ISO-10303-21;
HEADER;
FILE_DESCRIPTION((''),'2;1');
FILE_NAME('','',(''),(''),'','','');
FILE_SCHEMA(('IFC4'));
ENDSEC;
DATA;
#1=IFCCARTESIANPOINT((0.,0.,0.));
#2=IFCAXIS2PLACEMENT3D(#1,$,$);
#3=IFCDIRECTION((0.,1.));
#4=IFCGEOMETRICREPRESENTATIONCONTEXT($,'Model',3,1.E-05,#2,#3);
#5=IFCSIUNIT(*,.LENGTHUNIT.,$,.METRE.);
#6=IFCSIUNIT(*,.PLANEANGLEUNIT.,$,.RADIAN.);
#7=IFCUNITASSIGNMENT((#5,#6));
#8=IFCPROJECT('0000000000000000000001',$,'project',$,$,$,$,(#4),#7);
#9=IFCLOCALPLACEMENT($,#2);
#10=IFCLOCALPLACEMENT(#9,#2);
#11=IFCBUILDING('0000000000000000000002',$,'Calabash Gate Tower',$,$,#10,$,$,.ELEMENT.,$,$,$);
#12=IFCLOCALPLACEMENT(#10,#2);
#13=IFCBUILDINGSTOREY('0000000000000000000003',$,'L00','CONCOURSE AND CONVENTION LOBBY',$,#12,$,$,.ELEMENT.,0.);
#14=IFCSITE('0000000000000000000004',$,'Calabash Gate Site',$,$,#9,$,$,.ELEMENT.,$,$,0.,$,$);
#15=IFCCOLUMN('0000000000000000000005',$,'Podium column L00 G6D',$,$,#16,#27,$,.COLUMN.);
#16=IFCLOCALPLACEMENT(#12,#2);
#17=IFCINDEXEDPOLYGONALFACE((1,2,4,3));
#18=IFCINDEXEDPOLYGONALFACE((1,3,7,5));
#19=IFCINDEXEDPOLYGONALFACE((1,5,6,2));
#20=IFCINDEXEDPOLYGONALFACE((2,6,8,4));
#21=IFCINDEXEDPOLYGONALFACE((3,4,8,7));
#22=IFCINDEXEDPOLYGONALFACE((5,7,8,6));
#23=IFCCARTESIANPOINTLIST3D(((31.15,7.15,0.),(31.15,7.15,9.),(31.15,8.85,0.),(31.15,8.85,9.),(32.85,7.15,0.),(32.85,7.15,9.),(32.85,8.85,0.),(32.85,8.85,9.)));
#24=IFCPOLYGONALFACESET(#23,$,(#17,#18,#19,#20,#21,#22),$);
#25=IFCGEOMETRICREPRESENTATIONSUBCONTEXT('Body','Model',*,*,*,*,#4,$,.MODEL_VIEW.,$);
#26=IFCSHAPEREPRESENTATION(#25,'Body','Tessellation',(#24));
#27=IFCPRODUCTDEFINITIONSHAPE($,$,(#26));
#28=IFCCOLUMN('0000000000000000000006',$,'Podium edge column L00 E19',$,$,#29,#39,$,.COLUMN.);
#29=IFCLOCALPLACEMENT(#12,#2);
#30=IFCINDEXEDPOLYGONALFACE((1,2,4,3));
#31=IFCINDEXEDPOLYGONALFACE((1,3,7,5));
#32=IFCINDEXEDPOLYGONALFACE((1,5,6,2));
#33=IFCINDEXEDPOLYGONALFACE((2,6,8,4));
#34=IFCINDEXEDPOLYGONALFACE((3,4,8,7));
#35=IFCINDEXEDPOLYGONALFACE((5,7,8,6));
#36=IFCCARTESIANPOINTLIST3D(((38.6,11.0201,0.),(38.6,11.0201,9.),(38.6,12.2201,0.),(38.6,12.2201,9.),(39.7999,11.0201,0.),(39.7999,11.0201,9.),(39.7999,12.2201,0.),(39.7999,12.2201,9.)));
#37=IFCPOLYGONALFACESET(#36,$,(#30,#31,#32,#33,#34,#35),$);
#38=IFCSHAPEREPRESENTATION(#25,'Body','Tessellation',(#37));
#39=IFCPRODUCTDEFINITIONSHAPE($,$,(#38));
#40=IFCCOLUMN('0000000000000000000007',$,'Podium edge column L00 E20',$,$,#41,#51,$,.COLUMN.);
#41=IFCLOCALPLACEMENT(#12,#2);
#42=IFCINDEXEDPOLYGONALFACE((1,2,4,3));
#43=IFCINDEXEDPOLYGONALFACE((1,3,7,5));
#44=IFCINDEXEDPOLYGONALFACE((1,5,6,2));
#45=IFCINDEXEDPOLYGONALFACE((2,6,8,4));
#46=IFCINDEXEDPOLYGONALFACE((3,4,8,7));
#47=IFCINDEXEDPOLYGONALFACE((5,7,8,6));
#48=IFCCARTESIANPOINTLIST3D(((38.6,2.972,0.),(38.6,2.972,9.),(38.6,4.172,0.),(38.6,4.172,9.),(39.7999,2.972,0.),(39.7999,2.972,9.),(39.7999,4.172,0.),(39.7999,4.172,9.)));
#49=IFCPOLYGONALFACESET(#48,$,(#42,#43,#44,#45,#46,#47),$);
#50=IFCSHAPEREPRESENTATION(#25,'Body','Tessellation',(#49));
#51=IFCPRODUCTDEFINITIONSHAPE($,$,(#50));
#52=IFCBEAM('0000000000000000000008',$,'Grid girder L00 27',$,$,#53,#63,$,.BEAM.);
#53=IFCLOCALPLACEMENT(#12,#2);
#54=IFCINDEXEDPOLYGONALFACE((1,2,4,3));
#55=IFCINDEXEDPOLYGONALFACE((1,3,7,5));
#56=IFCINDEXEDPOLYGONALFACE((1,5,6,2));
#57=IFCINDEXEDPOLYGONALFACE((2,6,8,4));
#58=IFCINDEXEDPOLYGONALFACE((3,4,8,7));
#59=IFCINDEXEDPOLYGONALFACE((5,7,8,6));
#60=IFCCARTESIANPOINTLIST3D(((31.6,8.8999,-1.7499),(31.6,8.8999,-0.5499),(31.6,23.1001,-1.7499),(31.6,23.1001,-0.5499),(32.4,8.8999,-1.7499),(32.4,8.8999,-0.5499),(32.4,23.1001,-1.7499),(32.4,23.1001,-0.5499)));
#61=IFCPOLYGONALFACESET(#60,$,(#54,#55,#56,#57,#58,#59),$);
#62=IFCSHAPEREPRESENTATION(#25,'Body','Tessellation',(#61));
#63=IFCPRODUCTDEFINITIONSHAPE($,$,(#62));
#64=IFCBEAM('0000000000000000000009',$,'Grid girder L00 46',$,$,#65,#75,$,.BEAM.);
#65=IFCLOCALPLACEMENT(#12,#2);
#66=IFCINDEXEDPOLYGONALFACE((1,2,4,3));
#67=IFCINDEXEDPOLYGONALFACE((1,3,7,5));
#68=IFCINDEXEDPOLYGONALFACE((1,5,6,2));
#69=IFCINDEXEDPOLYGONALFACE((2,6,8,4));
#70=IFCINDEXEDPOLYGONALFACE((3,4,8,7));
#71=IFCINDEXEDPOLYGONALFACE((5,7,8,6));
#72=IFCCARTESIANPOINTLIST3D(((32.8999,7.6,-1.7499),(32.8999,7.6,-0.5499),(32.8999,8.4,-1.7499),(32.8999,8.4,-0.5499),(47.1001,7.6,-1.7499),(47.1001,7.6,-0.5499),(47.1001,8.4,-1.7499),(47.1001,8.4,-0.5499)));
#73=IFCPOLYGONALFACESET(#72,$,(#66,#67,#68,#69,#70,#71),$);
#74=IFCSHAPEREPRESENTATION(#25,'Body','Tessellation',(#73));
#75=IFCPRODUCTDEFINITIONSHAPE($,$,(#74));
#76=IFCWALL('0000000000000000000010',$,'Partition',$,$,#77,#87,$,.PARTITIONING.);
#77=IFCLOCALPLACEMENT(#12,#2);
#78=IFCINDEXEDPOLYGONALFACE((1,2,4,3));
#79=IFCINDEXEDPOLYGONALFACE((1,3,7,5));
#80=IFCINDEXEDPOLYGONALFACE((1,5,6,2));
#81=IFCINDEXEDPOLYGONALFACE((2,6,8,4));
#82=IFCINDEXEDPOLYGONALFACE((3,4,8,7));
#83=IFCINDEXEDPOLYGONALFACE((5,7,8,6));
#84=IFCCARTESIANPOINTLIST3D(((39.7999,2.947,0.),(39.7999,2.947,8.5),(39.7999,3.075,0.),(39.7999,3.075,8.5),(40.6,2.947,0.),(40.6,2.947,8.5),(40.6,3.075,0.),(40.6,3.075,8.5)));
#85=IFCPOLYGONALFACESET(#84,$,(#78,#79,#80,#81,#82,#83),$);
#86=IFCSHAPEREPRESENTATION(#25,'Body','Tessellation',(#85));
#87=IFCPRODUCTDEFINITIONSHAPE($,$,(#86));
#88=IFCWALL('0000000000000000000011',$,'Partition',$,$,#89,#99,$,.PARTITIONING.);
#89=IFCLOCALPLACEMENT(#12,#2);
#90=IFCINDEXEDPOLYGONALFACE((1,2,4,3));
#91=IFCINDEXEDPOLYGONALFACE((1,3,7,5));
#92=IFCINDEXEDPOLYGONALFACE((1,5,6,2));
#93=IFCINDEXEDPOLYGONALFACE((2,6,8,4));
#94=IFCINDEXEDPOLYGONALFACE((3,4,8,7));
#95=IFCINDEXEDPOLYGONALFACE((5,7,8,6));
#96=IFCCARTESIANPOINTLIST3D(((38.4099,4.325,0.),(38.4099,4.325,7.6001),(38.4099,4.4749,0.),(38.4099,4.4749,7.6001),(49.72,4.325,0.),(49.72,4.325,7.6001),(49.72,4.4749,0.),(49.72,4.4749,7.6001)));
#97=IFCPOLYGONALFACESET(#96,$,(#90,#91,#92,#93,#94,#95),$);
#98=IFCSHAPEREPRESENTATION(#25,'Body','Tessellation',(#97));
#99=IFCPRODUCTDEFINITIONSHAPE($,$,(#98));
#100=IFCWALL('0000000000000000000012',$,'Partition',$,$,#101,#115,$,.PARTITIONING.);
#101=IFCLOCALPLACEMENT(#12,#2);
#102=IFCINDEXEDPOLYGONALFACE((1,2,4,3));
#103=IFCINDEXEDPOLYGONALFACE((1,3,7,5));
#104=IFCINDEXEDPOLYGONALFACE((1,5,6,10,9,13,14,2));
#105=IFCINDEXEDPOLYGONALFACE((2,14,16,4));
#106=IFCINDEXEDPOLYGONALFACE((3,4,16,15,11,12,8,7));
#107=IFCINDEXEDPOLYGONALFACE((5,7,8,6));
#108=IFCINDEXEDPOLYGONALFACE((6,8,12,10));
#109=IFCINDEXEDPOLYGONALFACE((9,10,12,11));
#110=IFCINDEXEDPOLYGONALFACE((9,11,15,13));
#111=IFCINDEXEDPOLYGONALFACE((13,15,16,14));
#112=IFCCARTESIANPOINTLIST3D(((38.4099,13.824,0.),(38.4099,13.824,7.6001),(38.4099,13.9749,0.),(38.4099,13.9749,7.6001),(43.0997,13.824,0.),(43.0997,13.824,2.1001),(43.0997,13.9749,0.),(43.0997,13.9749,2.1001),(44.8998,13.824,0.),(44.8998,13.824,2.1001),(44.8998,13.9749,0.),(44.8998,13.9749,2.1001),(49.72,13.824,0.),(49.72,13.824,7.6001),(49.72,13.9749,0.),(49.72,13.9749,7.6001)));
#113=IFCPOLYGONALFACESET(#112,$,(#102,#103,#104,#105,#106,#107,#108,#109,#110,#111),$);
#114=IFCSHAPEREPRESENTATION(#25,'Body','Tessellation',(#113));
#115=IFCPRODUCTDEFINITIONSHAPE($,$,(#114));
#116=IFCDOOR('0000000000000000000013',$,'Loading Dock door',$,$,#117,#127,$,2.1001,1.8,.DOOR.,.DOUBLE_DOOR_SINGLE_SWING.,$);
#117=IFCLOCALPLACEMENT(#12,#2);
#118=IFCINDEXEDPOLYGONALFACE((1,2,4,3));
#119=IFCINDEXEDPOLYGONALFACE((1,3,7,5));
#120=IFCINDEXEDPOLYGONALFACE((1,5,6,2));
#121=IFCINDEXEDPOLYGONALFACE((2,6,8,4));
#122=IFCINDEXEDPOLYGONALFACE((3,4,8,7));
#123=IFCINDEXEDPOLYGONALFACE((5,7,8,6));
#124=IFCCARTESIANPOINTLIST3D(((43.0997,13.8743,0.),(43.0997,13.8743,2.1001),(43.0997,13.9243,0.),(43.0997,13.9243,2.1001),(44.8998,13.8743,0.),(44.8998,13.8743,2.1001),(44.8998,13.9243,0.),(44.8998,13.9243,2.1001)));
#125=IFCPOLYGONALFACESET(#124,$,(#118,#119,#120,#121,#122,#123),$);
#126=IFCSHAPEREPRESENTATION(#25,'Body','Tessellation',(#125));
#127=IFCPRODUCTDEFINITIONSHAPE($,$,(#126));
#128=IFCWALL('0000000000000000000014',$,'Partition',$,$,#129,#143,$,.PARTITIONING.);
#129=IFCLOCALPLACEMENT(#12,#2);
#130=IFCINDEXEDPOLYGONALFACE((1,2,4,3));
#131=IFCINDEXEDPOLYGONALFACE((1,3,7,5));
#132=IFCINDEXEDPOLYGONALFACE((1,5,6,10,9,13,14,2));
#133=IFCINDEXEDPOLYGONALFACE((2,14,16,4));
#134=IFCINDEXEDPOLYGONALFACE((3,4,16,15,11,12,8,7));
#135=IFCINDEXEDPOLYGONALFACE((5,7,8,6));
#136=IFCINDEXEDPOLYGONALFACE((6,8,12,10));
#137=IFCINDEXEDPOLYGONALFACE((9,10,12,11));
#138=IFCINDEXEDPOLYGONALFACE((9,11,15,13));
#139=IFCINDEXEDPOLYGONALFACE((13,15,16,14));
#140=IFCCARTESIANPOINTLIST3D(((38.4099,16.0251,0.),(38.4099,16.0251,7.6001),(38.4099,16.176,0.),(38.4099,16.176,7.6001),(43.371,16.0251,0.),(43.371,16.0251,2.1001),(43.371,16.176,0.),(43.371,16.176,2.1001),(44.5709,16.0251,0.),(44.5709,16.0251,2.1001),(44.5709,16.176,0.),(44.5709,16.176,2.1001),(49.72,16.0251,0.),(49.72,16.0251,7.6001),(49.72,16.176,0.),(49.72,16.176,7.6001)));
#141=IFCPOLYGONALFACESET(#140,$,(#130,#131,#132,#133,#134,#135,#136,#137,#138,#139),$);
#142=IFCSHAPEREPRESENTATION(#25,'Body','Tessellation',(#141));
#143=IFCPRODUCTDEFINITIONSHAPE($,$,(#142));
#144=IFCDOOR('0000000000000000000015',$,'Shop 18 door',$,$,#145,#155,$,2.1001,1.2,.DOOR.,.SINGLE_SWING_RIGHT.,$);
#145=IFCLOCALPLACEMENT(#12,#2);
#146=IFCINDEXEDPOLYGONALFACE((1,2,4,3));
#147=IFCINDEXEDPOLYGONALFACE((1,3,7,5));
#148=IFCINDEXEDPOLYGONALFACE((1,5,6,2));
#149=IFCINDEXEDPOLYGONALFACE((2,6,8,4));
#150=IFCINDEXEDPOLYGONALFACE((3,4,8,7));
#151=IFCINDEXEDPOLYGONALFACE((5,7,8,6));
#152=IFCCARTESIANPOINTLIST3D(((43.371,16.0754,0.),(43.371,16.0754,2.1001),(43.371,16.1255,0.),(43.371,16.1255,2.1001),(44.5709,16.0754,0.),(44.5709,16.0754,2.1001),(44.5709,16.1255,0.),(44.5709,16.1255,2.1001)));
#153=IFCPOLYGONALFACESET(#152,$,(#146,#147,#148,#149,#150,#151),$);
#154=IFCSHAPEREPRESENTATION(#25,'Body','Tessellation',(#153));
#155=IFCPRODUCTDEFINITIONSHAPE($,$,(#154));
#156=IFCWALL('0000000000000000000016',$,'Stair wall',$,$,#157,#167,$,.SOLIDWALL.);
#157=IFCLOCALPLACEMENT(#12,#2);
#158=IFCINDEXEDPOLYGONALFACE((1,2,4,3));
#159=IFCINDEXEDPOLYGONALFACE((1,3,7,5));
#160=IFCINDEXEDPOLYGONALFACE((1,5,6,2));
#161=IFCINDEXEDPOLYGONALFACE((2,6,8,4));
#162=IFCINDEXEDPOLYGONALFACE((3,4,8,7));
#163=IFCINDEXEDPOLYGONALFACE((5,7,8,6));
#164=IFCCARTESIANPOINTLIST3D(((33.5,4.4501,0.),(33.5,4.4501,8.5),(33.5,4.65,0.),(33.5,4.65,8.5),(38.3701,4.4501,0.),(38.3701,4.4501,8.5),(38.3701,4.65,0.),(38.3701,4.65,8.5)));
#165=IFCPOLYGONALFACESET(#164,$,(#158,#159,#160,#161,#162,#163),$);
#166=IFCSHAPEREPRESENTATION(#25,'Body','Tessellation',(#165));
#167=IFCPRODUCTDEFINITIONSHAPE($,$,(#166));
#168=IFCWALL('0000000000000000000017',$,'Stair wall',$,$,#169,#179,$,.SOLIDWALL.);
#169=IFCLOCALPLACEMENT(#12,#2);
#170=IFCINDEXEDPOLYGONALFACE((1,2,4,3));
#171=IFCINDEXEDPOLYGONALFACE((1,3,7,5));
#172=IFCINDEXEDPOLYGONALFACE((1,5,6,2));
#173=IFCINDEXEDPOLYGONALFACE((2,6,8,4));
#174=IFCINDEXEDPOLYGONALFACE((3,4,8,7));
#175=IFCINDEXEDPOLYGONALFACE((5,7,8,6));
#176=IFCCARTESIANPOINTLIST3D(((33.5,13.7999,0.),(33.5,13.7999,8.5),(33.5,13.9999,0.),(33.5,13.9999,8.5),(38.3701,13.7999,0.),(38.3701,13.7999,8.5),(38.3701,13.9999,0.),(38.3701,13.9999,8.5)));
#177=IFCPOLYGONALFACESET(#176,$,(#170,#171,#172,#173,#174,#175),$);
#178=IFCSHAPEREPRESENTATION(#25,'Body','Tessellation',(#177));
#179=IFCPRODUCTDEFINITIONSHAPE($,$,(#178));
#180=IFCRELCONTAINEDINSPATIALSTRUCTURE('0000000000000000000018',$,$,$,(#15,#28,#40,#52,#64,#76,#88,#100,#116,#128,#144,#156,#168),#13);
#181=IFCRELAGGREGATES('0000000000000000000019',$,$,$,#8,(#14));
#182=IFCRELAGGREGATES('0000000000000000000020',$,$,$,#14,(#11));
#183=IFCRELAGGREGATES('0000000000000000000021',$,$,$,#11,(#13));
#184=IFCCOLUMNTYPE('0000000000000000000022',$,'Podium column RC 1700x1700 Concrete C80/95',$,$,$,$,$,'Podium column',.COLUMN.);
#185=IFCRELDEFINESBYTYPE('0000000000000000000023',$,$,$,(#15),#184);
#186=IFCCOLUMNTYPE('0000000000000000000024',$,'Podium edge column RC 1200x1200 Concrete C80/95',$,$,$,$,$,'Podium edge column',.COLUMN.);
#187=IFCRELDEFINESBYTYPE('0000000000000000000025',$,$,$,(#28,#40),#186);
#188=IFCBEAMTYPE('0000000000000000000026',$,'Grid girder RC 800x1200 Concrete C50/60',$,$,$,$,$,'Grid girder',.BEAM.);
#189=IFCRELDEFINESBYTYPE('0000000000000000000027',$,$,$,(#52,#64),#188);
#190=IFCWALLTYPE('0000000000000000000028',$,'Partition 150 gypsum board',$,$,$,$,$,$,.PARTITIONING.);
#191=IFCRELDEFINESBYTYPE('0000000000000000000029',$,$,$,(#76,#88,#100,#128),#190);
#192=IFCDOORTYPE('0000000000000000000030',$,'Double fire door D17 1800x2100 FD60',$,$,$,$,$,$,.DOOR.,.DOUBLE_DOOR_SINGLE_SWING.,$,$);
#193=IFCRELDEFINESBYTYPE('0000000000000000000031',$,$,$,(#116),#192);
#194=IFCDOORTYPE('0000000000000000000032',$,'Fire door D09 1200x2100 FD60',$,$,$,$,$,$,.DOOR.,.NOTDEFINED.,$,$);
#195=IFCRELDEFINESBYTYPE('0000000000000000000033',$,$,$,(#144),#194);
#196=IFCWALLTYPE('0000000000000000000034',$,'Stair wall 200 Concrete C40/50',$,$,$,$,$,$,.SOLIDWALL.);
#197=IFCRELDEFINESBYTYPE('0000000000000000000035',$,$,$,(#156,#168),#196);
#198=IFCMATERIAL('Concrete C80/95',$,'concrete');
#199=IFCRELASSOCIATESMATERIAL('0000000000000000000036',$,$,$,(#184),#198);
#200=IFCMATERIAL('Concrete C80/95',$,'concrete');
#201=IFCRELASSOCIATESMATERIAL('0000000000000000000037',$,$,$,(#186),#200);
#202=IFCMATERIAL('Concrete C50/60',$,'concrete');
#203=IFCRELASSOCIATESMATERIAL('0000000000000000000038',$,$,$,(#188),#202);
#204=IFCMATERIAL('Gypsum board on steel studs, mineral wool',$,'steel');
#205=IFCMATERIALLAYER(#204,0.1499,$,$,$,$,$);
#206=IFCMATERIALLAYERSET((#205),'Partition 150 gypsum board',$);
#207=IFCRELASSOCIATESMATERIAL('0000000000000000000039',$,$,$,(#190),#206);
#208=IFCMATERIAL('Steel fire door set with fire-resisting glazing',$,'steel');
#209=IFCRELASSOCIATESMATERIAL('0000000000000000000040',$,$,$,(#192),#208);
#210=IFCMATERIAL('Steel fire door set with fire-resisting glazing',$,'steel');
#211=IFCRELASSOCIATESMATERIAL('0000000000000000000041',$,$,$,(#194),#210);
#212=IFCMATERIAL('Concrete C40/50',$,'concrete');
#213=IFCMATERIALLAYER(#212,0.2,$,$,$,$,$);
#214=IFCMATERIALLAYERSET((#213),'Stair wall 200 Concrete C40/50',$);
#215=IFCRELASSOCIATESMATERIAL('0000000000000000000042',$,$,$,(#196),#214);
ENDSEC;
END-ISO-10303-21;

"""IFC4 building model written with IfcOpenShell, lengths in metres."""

from ifc_helpers import new_model, si_unit, direction, frame, frame_2d, origin, origin_2d, place, context, subcontext, project, spatial, rectangle, extrude, material, layer, layer_set, material_profile, profile_set, type_object, element, fill, save


model = new_model("IFC4")

# Units and contexts
model_context = context("Model", 3, precision=1e-05, world=origin(), true_north=direction((0.0, 1.0)))
body_context = subcontext(model_context, "Body", "Model", "MODEL_VIEW")
ifc_project = project(units=[si_unit("LENGTHUNIT", "METRE"), si_unit("PLANEANGLEUNIT", "RADIAN")], contexts=[model_context])

# Site, building, storey
site_placement = place(None, origin())
site = spatial("IfcSite", under=ifc_project, at=site_placement, Name="Calabash Gate Site", CompositionType="ELEMENT", RefElevation=0.0)
building_placement = place(site_placement, origin())
building = spatial("IfcBuilding", under=site, at=building_placement, Name="Calabash Gate Tower", CompositionType="ELEMENT")
storey_placement = place(building_placement, origin())
storey = spatial("IfcBuildingStorey", under=building, at=storey_placement, Name="L00", Description="CONCOURSE AND CONVENTION LOBBY", CompositionType="ELEMENT", Elevation=0.0)

# Columns
ifc_material_1 = material(Name="Concrete C80/95", Category="concrete")
ifc_material_profile_1 = material_profile(ifc_material_1, rectangle(XDim=1.7, YDim=1.7, at=origin_2d()))
ifc_profile_set_1 = profile_set([ifc_material_profile_1], Name="Concrete C80/95")
column_type_1 = type_object("IfcColumnType", Name="Podium column RC 1700x1700 Concrete C80/95", ElementType="Podium column", PredefinedType="COLUMN", material=ifc_profile_set_1)
column_placement = place(storey_placement, frame((32.0, 8.0, 0.0), z_axis=(0.0, 0.0, 1.0), x_axis=(1.0, 0.0, 0.0)))
element("IfcColumn", 1, at=column_placement, inside=storey, type_object=column_type_1, Name="Podium column L00 G6D", PredefinedType="COLUMN", context=body_context, shape_type="SweptSolid", body=[
    extrude(rectangle(XDim=1.7, YDim=1.7, at=origin_2d()), origin(), (0.0, 0.0, 1.0), 9.0),
])
ifc_material_2 = material(Name="Concrete C80/95", Category="concrete")
ifc_material_profile_2 = material_profile(ifc_material_2, rectangle(XDim=1.2, YDim=1.2, at=origin_2d()))
ifc_profile_set_2 = profile_set([ifc_material_profile_2], Name="Concrete C80/95")
column_type_2 = type_object("IfcColumnType", Name="Podium edge column RC 1200x1200 Concrete C80/95", ElementType="Podium edge column", PredefinedType="COLUMN", material=ifc_profile_set_2)
for number, where, z_axis, x_axis, name in (
    (2, (39.2, 11.6201, 0.0), (0.0, 0.0, 1.0), (1.0, 0.0, 0.0), "Podium edge column L00 E19"),
    (3, (39.2, 3.572, 0.0), (0.0, 0.0, 1.0), (1.0, 0.0, 0.0), "Podium edge column L00 E20"),
):
    element("IfcColumn", number, at=place(storey_placement, frame(where, z_axis=z_axis, x_axis=x_axis)), inside=storey, type_object=column_type_2, Name=name, PredefinedType="COLUMN", context=body_context, shape_type="SweptSolid", body=[
        extrude(rectangle(XDim=1.2, YDim=1.2, at=origin_2d()), origin(), (0.0, 0.0, 1.0), 9.0),
    ])

# Beams
ifc_material_3 = material(Name="Concrete C50/60", Category="concrete")
ifc_material_profile_3 = material_profile(ifc_material_3, rectangle(XDim=0.8, YDim=1.2, at=origin_2d()))
ifc_profile_set_3 = profile_set([ifc_material_profile_3], Name="Concrete C50/60")
beam_type = type_object("IfcBeamType", Name="Grid girder RC 800x1200 Concrete C50/60", ElementType="Grid girder", PredefinedType="BEAM", material=ifc_profile_set_3)
for number, where, z_axis, x_axis, name in (
    (4, (32.0, 8.8999, -1.1499), (0.0, 1.0, 0.0), (-1.0, 0.0, 0.0), "Grid girder L00 27"),
    (5, (32.8999, 8.0, -1.1499), (1.0, 0.0, 0.0), (0.0, 1.0, 0.0), "Grid girder L00 46"),
):
    element("IfcBeam", number, at=place(storey_placement, frame(where, z_axis=z_axis, x_axis=x_axis)), inside=storey, type_object=beam_type, Name=name, PredefinedType="BEAM", context=body_context, shape_type="SweptSolid", body=[
        extrude(rectangle(XDim=0.8, YDim=1.2, at=origin_2d()), origin(), (0.0, 0.0, 1.0), 14.2002),
    ])

# Walls
ifc_material_4 = material(Name="Gypsum board on steel studs, mineral wool", Category="steel")
ifc_layer_1 = layer(ifc_material_4, 0.1499)
ifc_layer_set_1 = layer_set([ifc_layer_1], Name="Partition 150 gypsum board")
wall_type_1 = type_object("IfcWallType", Name="Partition 150 gypsum board", PredefinedType="PARTITIONING", material=ifc_layer_set_1)
wall_1_placement = place(storey_placement, frame((39.8, 3.011, 0.0), z_axis=(0.0, 0.0, 1.0), x_axis=(1.0, 0.0, 0.0)))
element("IfcWall", 6, at=wall_1_placement, inside=storey, type_object=wall_type_1, Name="Partition", PredefinedType="PARTITIONING", context=body_context, shape_type="SweptSolid", body=[
    extrude(rectangle(XDim=0.8, YDim=0.1279, at=frame_2d((0.3999, 0.0))), origin(), (0.0, 0.0, 1.0), 8.5),
])
wall_2_placement = place(storey_placement, frame((38.4099, 4.3999, 0.0), z_axis=(0.0, 0.0, 1.0), x_axis=(1.0, 0.0, 0.0)))
element("IfcWall", 7, at=wall_2_placement, inside=storey, type_object=wall_type_1, Name="Partition", PredefinedType="PARTITIONING", context=body_context, shape_type="SweptSolid", body=[
    extrude(rectangle(XDim=11.3101, YDim=0.1499, at=frame_2d((5.655, 0.0))), origin(), (0.0, 0.0, 1.0), 7.6001),
])

# Walls, openings, doors
wall_3_placement = place(storey_placement, frame((38.4099, 13.8994, 0.0), z_axis=(0.0, 0.0, 1.0), x_axis=(1.0, 0.0, 0.0)))
wall_3 = element("IfcWall", 8, at=wall_3_placement, inside=storey, type_object=wall_type_1, Name="Partition", PredefinedType="PARTITIONING", context=body_context, shape_type="SweptSolid", body=[
    extrude(rectangle(XDim=11.3101, YDim=0.1509, at=frame_2d((5.655, 0.0))), origin(), (0.0, 0.0, 1.0), 7.6001),
])
opening_1_placement = place(wall_3_placement, frame((4.6899, 0.0, 0.0)))
opening_1 = element("IfcOpeningElement", 9, at=opening_1_placement, cuts=wall_3, PredefinedType="OPENING", context=body_context, shape_type="SweptSolid", body=[
    extrude(rectangle(XDim=1.8, YDim=2.1001, at=frame_2d((0.8999, 1.05))), frame((0.0, 0.0854, 0.0), z_axis=(0.0, -1.0, 0.0), x_axis=(1.0, 0.0, 0.0)), (0.0, 0.0, 1.0), 0.1709),
])
ifc_material_5 = material(Name="Steel fire door set with fire-resisting glazing", Category="steel")
door_type_1 = type_object("IfcDoorType", Name="Double fire door D17 1800x2100 FD60", OperationType="DOUBLE_DOOR_SINGLE_SWING", PredefinedType="DOOR", material=ifc_material_5)
door_1_placement = place(opening_1_placement, origin())
door_1 = element("IfcDoor", 10, at=door_1_placement, inside=storey, type_object=door_type_1, Name="Loading Dock door", OperationType="DOUBLE_DOOR_SINGLE_SWING", OverallHeight=2.1001, OverallWidth=1.8, PredefinedType="DOOR", context=body_context, shape_type="SweptSolid", body=[
    extrude(rectangle(XDim=1.8, YDim=2.1001, at=frame_2d((0.8999, 1.05))), frame((0.0, 0.0249, 0.0), z_axis=(0.0, -1.0, 0.0), x_axis=(1.0, 0.0, 0.0)), (0.0, 0.0, 1.0), 0.05),
])
fill(opening_1, door_1)
wall_4_placement = place(storey_placement, frame((38.4099, 16.1006, 0.0), z_axis=(0.0, 0.0, 1.0), x_axis=(1.0, 0.0, 0.0)))
wall_4 = element("IfcWall", 11, at=wall_4_placement, inside=storey, type_object=wall_type_1, Name="Partition", PredefinedType="PARTITIONING", context=body_context, shape_type="SweptSolid", body=[
    extrude(rectangle(XDim=11.3101, YDim=0.1509, at=frame_2d((5.655, 0.0))), origin(), (0.0, 0.0, 1.0), 7.6001),
])
opening_2_placement = place(wall_4_placement, frame((4.9609, 0.0, 0.0)))
opening_2 = element("IfcOpeningElement", 12, at=opening_2_placement, cuts=wall_4, PredefinedType="OPENING", context=body_context, shape_type="SweptSolid", body=[
    extrude(rectangle(XDim=1.2, YDim=2.1001, at=frame_2d((0.6001, 1.05))), frame((0.0, 0.0854, 0.0), z_axis=(0.0, -1.0, 0.0), x_axis=(1.0, 0.0, 0.0)), (0.0, 0.0, 1.0), 0.1709),
])
ifc_material_6 = material(Name="Steel fire door set with fire-resisting glazing", Category="steel")
door_type_2 = type_object("IfcDoorType", Name="Fire door D09 1200x2100 FD60", OperationType="NOTDEFINED", PredefinedType="DOOR", material=ifc_material_6)
door_2_placement = place(opening_2_placement, origin())
door_2 = element("IfcDoor", 13, at=door_2_placement, inside=storey, type_object=door_type_2, Name="Shop 18 door", OperationType="SINGLE_SWING_RIGHT", OverallHeight=2.1001, OverallWidth=1.2, PredefinedType="DOOR", context=body_context, shape_type="SweptSolid", body=[
    extrude(rectangle(XDim=1.2, YDim=2.1001, at=frame_2d((0.6001, 1.05))), frame((0.0, 0.0249, 0.0), z_axis=(0.0, -1.0, 0.0), x_axis=(1.0, 0.0, 0.0)), (0.0, 0.0, 1.0), 0.05),
])
fill(opening_2, door_2)

# Walls
ifc_material_7 = material(Name="Concrete C40/50", Category="concrete")
ifc_layer_2 = layer(ifc_material_7, 0.2)
ifc_layer_set_2 = layer_set([ifc_layer_2], Name="Stair wall 200 Concrete C40/50")
wall_type_2 = type_object("IfcWallType", Name="Stair wall 200 Concrete C40/50", PredefinedType="SOLIDWALL", material=ifc_layer_set_2)
for number, where, z_axis, x_axis, name in (
    (14, (33.5, 4.55, 0.0), (0.0, 0.0, 1.0), (1.0, 0.0, 0.0), "Stair wall"),
    (15, (33.5, 13.8999, 0.0), (0.0, 0.0, 1.0), (1.0, 0.0, 0.0), "Stair wall"),
):
    element("IfcWall", number, at=place(storey_placement, frame(where, z_axis=z_axis, x_axis=x_axis)), inside=storey, type_object=wall_type_2, Name=name, PredefinedType="SOLIDWALL", context=body_context, shape_type="SweptSolid", body=[
        extrude(rectangle(XDim=4.8701, YDim=0.2, at=frame_2d((2.4351, 0.0))), origin(), (0.0, 0.0, 1.0), 8.5),
    ])

save(model, "model.ifc")
